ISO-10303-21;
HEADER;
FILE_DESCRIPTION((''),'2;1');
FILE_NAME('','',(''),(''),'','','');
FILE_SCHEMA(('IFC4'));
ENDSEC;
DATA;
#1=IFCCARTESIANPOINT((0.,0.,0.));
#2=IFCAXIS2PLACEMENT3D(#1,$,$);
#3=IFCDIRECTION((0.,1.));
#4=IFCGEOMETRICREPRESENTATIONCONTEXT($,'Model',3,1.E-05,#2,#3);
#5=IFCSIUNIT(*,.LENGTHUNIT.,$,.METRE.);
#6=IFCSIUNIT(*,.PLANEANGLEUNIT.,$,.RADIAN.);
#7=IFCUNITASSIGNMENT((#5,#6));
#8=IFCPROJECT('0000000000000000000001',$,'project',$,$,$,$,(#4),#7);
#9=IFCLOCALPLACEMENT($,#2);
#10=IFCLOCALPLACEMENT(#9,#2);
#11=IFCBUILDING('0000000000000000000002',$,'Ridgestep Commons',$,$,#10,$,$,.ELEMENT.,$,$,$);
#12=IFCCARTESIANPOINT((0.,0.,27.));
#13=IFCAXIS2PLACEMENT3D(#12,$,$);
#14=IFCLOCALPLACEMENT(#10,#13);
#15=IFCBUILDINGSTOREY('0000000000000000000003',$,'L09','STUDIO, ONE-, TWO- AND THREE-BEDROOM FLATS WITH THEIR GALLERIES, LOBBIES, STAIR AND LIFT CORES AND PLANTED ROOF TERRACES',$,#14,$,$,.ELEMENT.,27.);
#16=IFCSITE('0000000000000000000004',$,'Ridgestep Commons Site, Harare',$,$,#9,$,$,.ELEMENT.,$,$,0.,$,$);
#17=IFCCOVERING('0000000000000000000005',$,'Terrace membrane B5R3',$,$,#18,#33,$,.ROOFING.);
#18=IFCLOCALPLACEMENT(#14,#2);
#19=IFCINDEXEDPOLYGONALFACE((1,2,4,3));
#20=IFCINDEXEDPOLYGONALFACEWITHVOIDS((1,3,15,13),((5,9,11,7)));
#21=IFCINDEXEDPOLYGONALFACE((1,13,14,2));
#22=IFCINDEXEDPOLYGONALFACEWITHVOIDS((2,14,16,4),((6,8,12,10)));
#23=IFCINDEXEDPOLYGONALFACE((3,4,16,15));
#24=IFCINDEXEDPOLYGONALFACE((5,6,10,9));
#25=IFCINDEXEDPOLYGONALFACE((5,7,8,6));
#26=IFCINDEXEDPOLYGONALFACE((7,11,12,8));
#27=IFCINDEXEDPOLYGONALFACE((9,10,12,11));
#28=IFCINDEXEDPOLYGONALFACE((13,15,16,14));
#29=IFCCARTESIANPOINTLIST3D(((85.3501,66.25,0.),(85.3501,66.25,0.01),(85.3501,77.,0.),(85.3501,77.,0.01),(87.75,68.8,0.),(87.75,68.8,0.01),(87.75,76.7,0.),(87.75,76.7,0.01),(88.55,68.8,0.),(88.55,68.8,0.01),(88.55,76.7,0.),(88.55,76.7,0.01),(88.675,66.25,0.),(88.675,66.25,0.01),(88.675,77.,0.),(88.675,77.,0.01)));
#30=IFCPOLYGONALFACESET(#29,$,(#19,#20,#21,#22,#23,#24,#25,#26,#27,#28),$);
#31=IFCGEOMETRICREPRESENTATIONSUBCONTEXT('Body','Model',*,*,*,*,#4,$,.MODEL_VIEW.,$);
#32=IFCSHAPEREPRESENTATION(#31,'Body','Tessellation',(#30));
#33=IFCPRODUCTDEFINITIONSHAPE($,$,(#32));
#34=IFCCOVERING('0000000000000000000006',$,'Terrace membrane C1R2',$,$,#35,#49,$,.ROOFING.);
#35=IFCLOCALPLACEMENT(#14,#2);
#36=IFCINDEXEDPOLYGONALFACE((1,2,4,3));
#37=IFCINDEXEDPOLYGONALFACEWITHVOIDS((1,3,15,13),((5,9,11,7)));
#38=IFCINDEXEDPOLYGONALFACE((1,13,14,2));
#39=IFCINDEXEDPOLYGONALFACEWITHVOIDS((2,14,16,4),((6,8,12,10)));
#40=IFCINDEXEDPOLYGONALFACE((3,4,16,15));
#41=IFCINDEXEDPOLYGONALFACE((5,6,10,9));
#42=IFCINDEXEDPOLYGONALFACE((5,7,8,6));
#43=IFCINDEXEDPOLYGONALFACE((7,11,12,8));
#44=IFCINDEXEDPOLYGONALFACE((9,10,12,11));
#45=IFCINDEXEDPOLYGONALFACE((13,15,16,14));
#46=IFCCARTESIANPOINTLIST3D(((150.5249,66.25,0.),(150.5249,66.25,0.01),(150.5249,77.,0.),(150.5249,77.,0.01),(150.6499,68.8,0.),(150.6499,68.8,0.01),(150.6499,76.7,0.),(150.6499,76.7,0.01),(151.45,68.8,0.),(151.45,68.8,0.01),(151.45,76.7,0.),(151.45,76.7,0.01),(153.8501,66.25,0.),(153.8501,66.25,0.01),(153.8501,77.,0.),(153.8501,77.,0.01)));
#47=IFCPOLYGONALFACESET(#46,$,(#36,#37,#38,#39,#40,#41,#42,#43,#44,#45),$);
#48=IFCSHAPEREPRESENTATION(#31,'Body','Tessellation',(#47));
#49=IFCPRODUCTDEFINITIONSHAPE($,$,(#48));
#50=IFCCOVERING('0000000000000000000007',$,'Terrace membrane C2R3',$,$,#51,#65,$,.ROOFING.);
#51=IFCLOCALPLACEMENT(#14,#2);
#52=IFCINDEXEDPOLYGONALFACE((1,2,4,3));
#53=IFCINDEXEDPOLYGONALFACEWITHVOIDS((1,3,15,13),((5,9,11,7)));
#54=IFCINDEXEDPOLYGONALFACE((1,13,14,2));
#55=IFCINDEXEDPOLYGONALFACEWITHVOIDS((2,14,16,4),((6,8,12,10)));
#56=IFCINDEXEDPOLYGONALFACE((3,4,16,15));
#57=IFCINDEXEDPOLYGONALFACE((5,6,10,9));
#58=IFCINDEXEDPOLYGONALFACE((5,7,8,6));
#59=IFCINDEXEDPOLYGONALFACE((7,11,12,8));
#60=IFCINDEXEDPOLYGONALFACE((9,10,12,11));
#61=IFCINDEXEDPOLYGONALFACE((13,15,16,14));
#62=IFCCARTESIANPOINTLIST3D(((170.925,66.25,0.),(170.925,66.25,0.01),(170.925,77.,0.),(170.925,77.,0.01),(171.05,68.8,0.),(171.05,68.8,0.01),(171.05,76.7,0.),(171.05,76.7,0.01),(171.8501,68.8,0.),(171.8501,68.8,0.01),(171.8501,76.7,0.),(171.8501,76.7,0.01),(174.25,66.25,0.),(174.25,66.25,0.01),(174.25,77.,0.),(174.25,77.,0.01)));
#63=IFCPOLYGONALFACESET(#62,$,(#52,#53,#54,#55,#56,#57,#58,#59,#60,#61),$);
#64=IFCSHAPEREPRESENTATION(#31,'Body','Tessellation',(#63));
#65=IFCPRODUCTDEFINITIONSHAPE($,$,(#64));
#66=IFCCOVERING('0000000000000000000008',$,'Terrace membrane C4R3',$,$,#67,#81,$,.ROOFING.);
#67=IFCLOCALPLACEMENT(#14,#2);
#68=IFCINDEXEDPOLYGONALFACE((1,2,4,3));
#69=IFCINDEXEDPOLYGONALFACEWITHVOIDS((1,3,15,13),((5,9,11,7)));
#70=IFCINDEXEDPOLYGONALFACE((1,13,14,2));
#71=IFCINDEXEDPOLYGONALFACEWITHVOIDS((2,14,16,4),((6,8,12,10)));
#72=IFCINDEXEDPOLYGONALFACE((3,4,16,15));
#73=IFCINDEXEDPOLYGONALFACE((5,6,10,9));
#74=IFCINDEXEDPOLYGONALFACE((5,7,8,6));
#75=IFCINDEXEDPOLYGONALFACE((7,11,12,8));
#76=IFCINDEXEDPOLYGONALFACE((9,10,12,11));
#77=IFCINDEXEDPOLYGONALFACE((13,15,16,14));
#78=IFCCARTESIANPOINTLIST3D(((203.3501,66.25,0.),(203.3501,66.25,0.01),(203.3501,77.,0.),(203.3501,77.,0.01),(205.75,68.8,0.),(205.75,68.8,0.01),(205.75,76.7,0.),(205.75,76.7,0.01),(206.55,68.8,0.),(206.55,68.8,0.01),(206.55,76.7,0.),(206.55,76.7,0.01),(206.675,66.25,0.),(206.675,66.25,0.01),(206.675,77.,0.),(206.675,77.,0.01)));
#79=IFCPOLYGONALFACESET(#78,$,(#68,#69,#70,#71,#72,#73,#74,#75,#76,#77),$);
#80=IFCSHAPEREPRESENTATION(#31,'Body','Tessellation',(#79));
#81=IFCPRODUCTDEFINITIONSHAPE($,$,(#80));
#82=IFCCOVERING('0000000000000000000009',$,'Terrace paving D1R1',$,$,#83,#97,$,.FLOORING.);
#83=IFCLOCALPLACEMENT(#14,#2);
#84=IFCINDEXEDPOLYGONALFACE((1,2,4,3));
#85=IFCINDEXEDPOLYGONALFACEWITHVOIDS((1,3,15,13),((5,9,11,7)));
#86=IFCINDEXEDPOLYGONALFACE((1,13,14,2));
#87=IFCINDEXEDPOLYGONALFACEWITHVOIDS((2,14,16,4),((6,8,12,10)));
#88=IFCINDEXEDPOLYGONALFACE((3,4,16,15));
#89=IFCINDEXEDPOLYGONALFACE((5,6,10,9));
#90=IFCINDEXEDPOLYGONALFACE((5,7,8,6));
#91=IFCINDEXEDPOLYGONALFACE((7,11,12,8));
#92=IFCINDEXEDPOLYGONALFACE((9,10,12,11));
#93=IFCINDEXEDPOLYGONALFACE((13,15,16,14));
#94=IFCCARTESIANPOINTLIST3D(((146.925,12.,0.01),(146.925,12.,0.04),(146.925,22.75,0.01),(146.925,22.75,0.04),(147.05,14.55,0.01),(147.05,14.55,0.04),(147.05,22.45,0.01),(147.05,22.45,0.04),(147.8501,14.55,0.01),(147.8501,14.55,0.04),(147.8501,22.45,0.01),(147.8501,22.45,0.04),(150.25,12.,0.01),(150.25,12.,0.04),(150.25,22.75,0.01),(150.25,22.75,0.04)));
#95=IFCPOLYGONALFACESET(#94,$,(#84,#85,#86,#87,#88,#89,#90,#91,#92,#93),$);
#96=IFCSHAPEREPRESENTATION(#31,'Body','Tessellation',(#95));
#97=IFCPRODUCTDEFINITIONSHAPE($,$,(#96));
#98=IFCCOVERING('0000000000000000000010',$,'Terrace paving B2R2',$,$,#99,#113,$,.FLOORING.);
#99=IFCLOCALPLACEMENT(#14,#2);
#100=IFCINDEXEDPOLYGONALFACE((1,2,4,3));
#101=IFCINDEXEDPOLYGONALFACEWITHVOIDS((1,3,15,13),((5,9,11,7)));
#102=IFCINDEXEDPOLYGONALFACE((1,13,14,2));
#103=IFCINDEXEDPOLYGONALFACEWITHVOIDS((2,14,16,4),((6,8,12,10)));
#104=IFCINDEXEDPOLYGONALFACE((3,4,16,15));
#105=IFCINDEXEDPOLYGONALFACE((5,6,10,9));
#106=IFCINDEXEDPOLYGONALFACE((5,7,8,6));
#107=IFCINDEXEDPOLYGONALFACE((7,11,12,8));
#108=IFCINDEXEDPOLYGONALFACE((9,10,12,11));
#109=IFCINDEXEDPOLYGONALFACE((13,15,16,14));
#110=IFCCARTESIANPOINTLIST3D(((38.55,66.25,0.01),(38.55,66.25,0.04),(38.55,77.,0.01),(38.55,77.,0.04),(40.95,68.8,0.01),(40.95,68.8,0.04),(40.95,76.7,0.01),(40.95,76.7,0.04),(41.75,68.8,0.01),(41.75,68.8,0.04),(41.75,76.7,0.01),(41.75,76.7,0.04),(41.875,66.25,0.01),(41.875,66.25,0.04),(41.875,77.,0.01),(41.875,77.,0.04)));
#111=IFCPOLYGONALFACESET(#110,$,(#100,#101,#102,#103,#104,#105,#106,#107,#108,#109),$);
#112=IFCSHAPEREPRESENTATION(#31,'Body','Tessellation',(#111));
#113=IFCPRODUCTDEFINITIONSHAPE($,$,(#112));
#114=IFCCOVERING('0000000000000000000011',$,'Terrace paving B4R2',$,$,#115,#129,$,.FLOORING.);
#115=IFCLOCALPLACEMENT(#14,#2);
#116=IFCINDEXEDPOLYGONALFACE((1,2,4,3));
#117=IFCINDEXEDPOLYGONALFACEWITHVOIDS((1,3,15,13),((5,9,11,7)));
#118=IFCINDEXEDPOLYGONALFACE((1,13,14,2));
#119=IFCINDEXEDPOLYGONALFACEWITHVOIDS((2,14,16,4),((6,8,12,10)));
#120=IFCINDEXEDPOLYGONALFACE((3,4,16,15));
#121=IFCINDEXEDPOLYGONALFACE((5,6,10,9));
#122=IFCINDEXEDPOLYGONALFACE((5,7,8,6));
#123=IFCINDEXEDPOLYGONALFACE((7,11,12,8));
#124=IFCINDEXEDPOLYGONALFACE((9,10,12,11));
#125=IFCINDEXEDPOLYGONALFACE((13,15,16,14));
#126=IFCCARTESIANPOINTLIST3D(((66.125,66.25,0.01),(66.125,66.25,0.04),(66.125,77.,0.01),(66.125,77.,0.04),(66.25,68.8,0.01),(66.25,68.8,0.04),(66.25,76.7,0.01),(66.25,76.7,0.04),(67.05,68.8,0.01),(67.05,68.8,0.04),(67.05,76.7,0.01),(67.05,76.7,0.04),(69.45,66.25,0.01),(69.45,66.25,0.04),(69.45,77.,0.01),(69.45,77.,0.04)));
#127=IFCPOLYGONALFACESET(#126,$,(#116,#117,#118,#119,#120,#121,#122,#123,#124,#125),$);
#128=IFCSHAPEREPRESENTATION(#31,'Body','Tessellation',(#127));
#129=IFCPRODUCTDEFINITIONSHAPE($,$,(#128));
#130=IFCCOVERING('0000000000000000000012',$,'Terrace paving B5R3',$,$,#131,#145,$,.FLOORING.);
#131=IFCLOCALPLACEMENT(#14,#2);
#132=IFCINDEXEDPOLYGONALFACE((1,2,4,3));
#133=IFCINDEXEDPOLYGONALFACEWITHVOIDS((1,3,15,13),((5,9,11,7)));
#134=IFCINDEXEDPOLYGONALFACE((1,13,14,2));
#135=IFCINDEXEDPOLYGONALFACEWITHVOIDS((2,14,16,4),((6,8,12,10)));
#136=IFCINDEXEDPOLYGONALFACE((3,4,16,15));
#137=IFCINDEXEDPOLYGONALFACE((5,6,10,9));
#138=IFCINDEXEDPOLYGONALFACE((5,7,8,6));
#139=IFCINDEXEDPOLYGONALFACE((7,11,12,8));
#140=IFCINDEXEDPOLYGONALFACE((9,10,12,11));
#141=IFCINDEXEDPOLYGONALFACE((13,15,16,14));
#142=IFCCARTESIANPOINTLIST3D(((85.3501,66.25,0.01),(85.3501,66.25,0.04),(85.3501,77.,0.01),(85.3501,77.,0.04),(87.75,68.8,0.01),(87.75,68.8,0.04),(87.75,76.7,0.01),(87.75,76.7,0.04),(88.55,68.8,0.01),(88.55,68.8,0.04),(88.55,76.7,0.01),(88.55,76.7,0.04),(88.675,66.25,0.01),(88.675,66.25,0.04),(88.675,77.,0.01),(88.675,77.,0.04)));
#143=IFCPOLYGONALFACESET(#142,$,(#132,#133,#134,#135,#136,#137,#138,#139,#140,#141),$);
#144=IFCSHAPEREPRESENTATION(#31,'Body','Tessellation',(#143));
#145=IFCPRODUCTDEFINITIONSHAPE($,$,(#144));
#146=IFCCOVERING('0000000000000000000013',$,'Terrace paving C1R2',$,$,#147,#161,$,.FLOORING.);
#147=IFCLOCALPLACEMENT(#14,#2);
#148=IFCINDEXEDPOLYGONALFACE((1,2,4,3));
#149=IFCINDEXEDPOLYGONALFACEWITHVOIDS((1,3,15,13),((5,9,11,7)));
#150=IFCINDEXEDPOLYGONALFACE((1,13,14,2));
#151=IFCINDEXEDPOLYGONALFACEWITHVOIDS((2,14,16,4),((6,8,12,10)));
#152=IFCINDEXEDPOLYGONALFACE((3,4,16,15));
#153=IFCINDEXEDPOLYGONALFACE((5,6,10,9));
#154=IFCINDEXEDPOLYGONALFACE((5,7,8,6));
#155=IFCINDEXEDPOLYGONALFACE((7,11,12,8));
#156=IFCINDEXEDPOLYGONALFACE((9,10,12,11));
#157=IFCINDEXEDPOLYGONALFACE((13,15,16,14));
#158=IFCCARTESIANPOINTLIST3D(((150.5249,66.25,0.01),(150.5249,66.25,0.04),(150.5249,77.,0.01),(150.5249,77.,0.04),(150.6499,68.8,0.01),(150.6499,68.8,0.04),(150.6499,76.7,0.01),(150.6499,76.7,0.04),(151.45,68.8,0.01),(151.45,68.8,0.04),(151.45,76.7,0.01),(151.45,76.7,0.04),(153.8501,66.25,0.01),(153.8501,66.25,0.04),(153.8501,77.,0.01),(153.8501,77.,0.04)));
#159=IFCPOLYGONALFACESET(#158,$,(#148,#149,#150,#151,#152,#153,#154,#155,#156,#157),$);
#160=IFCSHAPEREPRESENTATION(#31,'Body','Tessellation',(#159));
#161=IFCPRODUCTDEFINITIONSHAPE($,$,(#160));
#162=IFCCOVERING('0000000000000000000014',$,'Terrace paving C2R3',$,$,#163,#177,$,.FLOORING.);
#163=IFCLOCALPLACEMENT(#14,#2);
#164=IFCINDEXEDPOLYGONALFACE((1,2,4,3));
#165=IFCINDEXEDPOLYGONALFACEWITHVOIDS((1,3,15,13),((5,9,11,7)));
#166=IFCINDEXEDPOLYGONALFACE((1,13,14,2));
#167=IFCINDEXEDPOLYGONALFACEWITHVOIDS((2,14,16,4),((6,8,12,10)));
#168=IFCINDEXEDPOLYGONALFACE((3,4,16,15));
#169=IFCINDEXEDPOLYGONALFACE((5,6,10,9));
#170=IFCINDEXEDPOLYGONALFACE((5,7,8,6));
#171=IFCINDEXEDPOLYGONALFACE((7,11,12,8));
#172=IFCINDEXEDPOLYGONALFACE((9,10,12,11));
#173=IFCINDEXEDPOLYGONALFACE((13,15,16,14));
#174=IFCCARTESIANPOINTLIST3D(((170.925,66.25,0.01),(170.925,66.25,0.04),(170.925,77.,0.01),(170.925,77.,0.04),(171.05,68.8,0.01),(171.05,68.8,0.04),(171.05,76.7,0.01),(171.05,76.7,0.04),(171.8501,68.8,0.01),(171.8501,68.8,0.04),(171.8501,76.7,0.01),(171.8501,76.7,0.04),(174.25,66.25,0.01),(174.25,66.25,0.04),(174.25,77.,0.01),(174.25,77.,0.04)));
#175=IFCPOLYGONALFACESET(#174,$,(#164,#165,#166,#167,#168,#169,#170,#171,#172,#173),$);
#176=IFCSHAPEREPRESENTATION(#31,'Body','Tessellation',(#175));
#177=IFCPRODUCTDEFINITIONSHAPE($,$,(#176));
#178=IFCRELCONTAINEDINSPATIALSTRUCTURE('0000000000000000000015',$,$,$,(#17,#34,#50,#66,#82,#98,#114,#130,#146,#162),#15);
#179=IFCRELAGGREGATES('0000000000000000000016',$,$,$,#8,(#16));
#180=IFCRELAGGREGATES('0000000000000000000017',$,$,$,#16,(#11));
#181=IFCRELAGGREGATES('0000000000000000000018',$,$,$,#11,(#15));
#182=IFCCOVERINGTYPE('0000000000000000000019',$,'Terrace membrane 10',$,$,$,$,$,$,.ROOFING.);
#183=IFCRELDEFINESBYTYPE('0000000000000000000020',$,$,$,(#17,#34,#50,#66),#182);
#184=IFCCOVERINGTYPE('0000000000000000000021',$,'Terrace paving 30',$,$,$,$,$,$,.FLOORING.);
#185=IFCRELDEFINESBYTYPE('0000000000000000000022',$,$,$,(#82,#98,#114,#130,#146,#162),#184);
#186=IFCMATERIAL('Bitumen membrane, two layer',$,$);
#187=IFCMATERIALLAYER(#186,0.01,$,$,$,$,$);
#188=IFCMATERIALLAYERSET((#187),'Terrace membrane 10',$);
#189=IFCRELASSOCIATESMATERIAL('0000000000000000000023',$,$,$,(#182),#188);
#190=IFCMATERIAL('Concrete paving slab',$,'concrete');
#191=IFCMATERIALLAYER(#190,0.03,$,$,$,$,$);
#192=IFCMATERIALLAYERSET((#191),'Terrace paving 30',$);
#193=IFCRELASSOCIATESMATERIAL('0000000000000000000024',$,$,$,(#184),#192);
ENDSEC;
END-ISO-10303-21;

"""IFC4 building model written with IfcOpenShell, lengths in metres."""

from ifc_helpers import new_model, si_unit, direction, frame, origin, place, context, subcontext, project, spatial, polyline, outline, extrude, material, layer, layer_set, type_object, element, save


model = new_model("IFC4")

# Units and contexts
model_context = context("Model", 3, precision=1e-05, world=origin(), true_north=direction((0.0, 1.0)))
body_context = subcontext(model_context, "Body", "Model", "MODEL_VIEW")
ifc_project = project(units=[si_unit("LENGTHUNIT", "METRE"), si_unit("PLANEANGLEUNIT", "RADIAN")], contexts=[model_context])

# Site, building, storey
site_placement = place(None, origin())
site = spatial("IfcSite", under=ifc_project, at=site_placement, Name="Ridgestep Commons Site, Harare", CompositionType="ELEMENT", RefElevation=0.0)
building_placement = place(site_placement, origin())
building = spatial("IfcBuilding", under=site, at=building_placement, Name="Ridgestep Commons", CompositionType="ELEMENT")
storey_placement = place(building_placement, frame((0.0, 0.0, 27.0)))
storey = spatial("IfcBuildingStorey", under=building, at=storey_placement, Name="L09", Description="STUDIO, ONE-, TWO- AND THREE-BEDROOM FLATS WITH THEIR GALLERIES, LOBBIES, STAIR AND LIFT CORES AND PLANTED ROOF TERRACES", CompositionType="ELEMENT", Elevation=27.0)

# Coverings
ifc_material_1 = material(Name="Bitumen membrane, two layer")
ifc_layer_1 = layer(ifc_material_1, 0.01)
ifc_layer_set_1 = layer_set([ifc_layer_1], Name="Terrace membrane 10")
covering_type_1 = type_object("IfcCoveringType", Name="Terrace membrane 10", PredefinedType="ROOFING", material=ifc_layer_set_1)
covering_1_placement = place(storey_placement, origin())
element("IfcCovering", 1, at=covering_1_placement, inside=storey, type_object=covering_type_1, Name="Terrace membrane B5R3", PredefinedType="ROOFING", context=body_context, shape_type="SweptSolid", body=[
    extrude(outline(polyline([(88.675, 66.25), (88.675, 77.0), (85.3501, 77.0), (85.3501, 66.25), (88.675, 66.25)]), holes=[polyline([(88.55, 68.8), (88.55, 76.7), (87.75, 76.7), (87.75, 68.8), (88.55, 68.8)])]), origin(), (0.0, 0.0, 1.0), 0.01),
])
covering_2_placement = place(storey_placement, origin())
element("IfcCovering", 2, at=covering_2_placement, inside=storey, type_object=covering_type_1, Name="Terrace membrane C1R2", PredefinedType="ROOFING", context=body_context, shape_type="SweptSolid", body=[
    extrude(outline(polyline([(153.8501, 66.25), (153.8501, 77.0), (150.5249, 77.0), (150.5249, 66.25), (153.8501, 66.25)]), holes=[polyline([(151.45, 68.8), (151.45, 76.7), (150.6499, 76.7), (150.6499, 68.8), (151.45, 68.8)])]), origin(), (0.0, 0.0, 1.0), 0.01),
])
covering_3_placement = place(storey_placement, origin())
element("IfcCovering", 3, at=covering_3_placement, inside=storey, type_object=covering_type_1, Name="Terrace membrane C2R3", PredefinedType="ROOFING", context=body_context, shape_type="SweptSolid", body=[
    extrude(outline(polyline([(174.25, 66.25), (174.25, 77.0), (170.925, 77.0), (170.925, 66.25), (174.25, 66.25)]), holes=[polyline([(171.8501, 68.8), (171.8501, 76.7), (171.05, 76.7), (171.05, 68.8), (171.8501, 68.8)])]), origin(), (0.0, 0.0, 1.0), 0.01),
])
covering_4_placement = place(storey_placement, origin())
element("IfcCovering", 4, at=covering_4_placement, inside=storey, type_object=covering_type_1, Name="Terrace membrane C4R3", PredefinedType="ROOFING", context=body_context, shape_type="SweptSolid", body=[
    extrude(outline(polyline([(206.675, 66.25), (206.675, 77.0), (203.3501, 77.0), (203.3501, 66.25), (206.675, 66.25)]), holes=[polyline([(206.55, 68.8), (206.55, 76.7), (205.75, 76.7), (205.75, 68.8), (206.55, 68.8)])]), origin(), (0.0, 0.0, 1.0), 0.01),
])
ifc_material_2 = material(Name="Concrete paving slab", Category="concrete")
ifc_layer_2 = layer(ifc_material_2, 0.03)
ifc_layer_set_2 = layer_set([ifc_layer_2], Name="Terrace paving 30")
covering_type_2 = type_object("IfcCoveringType", Name="Terrace paving 30", PredefinedType="FLOORING", material=ifc_layer_set_2)
covering_5_placement = place(storey_placement, frame((0.0, 0.0, 0.01)))
element("IfcCovering", 5, at=covering_5_placement, inside=storey, type_object=covering_type_2, Name="Terrace paving D1R1", PredefinedType="FLOORING", context=body_context, shape_type="SweptSolid", body=[
    extrude(outline(polyline([(150.25, 12.0), (150.25, 22.75), (146.925, 22.75), (146.925, 12.0), (150.25, 12.0)]), holes=[polyline([(147.8501, 14.55), (147.8501, 22.45), (147.05, 22.45), (147.05, 14.55), (147.8501, 14.55)])]), origin(), (0.0, 0.0, 1.0), 0.03),
])
covering_6_placement = place(storey_placement, frame((0.0, 0.0, 0.01)))
element("IfcCovering", 6, at=covering_6_placement, inside=storey, type_object=covering_type_2, Name="Terrace paving B2R2", PredefinedType="FLOORING", context=body_context, shape_type="SweptSolid", body=[
    extrude(outline(polyline([(41.875, 66.25), (41.875, 77.0), (38.55, 77.0), (38.55, 66.25), (41.875, 66.25)]), holes=[polyline([(41.75, 68.8), (41.75, 76.7), (40.95, 76.7), (40.95, 68.8), (41.75, 68.8)])]), origin(), (0.0, 0.0, 1.0), 0.03),
])
covering_7_placement = place(storey_placement, frame((0.0, 0.0, 0.01)))
element("IfcCovering", 7, at=covering_7_placement, inside=storey, type_object=covering_type_2, Name="Terrace paving B4R2", PredefinedType="FLOORING", context=body_context, shape_type="SweptSolid", body=[
    extrude(outline(polyline([(69.45, 66.25), (69.45, 77.0), (66.125, 77.0), (66.125, 66.25), (69.45, 66.25)]), holes=[polyline([(67.05, 68.8), (67.05, 76.7), (66.25, 76.7), (66.25, 68.8), (67.05, 68.8)])]), origin(), (0.0, 0.0, 1.0), 0.03),
])
covering_8_placement = place(storey_placement, frame((0.0, 0.0, 0.01)))
element("IfcCovering", 8, at=covering_8_placement, inside=storey, type_object=covering_type_2, Name="Terrace paving B5R3", PredefinedType="FLOORING", context=body_context, shape_type="SweptSolid", body=[
    extrude(outline(polyline([(88.675, 66.25), (88.675, 77.0), (85.3501, 77.0), (85.3501, 66.25), (88.675, 66.25)]), holes=[polyline([(88.55, 68.8), (88.55, 76.7), (87.75, 76.7), (87.75, 68.8), (88.55, 68.8)])]), origin(), (0.0, 0.0, 1.0), 0.03),
])
covering_9_placement = place(storey_placement, frame((0.0, 0.0, 0.01)))
element("IfcCovering", 9, at=covering_9_placement, inside=storey, type_object=covering_type_2, Name="Terrace paving C1R2", PredefinedType="FLOORING", context=body_context, shape_type="SweptSolid", body=[
    extrude(outline(polyline([(153.8501, 66.25), (153.8501, 77.0), (150.5249, 77.0), (150.5249, 66.25), (153.8501, 66.25)]), holes=[polyline([(151.45, 68.8), (151.45, 76.7), (150.6499, 76.7), (150.6499, 68.8), (151.45, 68.8)])]), origin(), (0.0, 0.0, 1.0), 0.03),
])
covering_10_placement = place(storey_placement, frame((0.0, 0.0, 0.01)))
element("IfcCovering", 10, at=covering_10_placement, inside=storey, type_object=covering_type_2, Name="Terrace paving C2R3", PredefinedType="FLOORING", context=body_context, shape_type="SweptSolid", body=[
    extrude(outline(polyline([(174.25, 66.25), (174.25, 77.0), (170.925, 77.0), (170.925, 66.25), (174.25, 66.25)]), holes=[polyline([(171.8501, 68.8), (171.8501, 76.7), (171.05, 76.7), (171.05, 68.8), (171.8501, 68.8)])]), origin(), (0.0, 0.0, 1.0), 0.03),
])

save(model, "model.ifc")
